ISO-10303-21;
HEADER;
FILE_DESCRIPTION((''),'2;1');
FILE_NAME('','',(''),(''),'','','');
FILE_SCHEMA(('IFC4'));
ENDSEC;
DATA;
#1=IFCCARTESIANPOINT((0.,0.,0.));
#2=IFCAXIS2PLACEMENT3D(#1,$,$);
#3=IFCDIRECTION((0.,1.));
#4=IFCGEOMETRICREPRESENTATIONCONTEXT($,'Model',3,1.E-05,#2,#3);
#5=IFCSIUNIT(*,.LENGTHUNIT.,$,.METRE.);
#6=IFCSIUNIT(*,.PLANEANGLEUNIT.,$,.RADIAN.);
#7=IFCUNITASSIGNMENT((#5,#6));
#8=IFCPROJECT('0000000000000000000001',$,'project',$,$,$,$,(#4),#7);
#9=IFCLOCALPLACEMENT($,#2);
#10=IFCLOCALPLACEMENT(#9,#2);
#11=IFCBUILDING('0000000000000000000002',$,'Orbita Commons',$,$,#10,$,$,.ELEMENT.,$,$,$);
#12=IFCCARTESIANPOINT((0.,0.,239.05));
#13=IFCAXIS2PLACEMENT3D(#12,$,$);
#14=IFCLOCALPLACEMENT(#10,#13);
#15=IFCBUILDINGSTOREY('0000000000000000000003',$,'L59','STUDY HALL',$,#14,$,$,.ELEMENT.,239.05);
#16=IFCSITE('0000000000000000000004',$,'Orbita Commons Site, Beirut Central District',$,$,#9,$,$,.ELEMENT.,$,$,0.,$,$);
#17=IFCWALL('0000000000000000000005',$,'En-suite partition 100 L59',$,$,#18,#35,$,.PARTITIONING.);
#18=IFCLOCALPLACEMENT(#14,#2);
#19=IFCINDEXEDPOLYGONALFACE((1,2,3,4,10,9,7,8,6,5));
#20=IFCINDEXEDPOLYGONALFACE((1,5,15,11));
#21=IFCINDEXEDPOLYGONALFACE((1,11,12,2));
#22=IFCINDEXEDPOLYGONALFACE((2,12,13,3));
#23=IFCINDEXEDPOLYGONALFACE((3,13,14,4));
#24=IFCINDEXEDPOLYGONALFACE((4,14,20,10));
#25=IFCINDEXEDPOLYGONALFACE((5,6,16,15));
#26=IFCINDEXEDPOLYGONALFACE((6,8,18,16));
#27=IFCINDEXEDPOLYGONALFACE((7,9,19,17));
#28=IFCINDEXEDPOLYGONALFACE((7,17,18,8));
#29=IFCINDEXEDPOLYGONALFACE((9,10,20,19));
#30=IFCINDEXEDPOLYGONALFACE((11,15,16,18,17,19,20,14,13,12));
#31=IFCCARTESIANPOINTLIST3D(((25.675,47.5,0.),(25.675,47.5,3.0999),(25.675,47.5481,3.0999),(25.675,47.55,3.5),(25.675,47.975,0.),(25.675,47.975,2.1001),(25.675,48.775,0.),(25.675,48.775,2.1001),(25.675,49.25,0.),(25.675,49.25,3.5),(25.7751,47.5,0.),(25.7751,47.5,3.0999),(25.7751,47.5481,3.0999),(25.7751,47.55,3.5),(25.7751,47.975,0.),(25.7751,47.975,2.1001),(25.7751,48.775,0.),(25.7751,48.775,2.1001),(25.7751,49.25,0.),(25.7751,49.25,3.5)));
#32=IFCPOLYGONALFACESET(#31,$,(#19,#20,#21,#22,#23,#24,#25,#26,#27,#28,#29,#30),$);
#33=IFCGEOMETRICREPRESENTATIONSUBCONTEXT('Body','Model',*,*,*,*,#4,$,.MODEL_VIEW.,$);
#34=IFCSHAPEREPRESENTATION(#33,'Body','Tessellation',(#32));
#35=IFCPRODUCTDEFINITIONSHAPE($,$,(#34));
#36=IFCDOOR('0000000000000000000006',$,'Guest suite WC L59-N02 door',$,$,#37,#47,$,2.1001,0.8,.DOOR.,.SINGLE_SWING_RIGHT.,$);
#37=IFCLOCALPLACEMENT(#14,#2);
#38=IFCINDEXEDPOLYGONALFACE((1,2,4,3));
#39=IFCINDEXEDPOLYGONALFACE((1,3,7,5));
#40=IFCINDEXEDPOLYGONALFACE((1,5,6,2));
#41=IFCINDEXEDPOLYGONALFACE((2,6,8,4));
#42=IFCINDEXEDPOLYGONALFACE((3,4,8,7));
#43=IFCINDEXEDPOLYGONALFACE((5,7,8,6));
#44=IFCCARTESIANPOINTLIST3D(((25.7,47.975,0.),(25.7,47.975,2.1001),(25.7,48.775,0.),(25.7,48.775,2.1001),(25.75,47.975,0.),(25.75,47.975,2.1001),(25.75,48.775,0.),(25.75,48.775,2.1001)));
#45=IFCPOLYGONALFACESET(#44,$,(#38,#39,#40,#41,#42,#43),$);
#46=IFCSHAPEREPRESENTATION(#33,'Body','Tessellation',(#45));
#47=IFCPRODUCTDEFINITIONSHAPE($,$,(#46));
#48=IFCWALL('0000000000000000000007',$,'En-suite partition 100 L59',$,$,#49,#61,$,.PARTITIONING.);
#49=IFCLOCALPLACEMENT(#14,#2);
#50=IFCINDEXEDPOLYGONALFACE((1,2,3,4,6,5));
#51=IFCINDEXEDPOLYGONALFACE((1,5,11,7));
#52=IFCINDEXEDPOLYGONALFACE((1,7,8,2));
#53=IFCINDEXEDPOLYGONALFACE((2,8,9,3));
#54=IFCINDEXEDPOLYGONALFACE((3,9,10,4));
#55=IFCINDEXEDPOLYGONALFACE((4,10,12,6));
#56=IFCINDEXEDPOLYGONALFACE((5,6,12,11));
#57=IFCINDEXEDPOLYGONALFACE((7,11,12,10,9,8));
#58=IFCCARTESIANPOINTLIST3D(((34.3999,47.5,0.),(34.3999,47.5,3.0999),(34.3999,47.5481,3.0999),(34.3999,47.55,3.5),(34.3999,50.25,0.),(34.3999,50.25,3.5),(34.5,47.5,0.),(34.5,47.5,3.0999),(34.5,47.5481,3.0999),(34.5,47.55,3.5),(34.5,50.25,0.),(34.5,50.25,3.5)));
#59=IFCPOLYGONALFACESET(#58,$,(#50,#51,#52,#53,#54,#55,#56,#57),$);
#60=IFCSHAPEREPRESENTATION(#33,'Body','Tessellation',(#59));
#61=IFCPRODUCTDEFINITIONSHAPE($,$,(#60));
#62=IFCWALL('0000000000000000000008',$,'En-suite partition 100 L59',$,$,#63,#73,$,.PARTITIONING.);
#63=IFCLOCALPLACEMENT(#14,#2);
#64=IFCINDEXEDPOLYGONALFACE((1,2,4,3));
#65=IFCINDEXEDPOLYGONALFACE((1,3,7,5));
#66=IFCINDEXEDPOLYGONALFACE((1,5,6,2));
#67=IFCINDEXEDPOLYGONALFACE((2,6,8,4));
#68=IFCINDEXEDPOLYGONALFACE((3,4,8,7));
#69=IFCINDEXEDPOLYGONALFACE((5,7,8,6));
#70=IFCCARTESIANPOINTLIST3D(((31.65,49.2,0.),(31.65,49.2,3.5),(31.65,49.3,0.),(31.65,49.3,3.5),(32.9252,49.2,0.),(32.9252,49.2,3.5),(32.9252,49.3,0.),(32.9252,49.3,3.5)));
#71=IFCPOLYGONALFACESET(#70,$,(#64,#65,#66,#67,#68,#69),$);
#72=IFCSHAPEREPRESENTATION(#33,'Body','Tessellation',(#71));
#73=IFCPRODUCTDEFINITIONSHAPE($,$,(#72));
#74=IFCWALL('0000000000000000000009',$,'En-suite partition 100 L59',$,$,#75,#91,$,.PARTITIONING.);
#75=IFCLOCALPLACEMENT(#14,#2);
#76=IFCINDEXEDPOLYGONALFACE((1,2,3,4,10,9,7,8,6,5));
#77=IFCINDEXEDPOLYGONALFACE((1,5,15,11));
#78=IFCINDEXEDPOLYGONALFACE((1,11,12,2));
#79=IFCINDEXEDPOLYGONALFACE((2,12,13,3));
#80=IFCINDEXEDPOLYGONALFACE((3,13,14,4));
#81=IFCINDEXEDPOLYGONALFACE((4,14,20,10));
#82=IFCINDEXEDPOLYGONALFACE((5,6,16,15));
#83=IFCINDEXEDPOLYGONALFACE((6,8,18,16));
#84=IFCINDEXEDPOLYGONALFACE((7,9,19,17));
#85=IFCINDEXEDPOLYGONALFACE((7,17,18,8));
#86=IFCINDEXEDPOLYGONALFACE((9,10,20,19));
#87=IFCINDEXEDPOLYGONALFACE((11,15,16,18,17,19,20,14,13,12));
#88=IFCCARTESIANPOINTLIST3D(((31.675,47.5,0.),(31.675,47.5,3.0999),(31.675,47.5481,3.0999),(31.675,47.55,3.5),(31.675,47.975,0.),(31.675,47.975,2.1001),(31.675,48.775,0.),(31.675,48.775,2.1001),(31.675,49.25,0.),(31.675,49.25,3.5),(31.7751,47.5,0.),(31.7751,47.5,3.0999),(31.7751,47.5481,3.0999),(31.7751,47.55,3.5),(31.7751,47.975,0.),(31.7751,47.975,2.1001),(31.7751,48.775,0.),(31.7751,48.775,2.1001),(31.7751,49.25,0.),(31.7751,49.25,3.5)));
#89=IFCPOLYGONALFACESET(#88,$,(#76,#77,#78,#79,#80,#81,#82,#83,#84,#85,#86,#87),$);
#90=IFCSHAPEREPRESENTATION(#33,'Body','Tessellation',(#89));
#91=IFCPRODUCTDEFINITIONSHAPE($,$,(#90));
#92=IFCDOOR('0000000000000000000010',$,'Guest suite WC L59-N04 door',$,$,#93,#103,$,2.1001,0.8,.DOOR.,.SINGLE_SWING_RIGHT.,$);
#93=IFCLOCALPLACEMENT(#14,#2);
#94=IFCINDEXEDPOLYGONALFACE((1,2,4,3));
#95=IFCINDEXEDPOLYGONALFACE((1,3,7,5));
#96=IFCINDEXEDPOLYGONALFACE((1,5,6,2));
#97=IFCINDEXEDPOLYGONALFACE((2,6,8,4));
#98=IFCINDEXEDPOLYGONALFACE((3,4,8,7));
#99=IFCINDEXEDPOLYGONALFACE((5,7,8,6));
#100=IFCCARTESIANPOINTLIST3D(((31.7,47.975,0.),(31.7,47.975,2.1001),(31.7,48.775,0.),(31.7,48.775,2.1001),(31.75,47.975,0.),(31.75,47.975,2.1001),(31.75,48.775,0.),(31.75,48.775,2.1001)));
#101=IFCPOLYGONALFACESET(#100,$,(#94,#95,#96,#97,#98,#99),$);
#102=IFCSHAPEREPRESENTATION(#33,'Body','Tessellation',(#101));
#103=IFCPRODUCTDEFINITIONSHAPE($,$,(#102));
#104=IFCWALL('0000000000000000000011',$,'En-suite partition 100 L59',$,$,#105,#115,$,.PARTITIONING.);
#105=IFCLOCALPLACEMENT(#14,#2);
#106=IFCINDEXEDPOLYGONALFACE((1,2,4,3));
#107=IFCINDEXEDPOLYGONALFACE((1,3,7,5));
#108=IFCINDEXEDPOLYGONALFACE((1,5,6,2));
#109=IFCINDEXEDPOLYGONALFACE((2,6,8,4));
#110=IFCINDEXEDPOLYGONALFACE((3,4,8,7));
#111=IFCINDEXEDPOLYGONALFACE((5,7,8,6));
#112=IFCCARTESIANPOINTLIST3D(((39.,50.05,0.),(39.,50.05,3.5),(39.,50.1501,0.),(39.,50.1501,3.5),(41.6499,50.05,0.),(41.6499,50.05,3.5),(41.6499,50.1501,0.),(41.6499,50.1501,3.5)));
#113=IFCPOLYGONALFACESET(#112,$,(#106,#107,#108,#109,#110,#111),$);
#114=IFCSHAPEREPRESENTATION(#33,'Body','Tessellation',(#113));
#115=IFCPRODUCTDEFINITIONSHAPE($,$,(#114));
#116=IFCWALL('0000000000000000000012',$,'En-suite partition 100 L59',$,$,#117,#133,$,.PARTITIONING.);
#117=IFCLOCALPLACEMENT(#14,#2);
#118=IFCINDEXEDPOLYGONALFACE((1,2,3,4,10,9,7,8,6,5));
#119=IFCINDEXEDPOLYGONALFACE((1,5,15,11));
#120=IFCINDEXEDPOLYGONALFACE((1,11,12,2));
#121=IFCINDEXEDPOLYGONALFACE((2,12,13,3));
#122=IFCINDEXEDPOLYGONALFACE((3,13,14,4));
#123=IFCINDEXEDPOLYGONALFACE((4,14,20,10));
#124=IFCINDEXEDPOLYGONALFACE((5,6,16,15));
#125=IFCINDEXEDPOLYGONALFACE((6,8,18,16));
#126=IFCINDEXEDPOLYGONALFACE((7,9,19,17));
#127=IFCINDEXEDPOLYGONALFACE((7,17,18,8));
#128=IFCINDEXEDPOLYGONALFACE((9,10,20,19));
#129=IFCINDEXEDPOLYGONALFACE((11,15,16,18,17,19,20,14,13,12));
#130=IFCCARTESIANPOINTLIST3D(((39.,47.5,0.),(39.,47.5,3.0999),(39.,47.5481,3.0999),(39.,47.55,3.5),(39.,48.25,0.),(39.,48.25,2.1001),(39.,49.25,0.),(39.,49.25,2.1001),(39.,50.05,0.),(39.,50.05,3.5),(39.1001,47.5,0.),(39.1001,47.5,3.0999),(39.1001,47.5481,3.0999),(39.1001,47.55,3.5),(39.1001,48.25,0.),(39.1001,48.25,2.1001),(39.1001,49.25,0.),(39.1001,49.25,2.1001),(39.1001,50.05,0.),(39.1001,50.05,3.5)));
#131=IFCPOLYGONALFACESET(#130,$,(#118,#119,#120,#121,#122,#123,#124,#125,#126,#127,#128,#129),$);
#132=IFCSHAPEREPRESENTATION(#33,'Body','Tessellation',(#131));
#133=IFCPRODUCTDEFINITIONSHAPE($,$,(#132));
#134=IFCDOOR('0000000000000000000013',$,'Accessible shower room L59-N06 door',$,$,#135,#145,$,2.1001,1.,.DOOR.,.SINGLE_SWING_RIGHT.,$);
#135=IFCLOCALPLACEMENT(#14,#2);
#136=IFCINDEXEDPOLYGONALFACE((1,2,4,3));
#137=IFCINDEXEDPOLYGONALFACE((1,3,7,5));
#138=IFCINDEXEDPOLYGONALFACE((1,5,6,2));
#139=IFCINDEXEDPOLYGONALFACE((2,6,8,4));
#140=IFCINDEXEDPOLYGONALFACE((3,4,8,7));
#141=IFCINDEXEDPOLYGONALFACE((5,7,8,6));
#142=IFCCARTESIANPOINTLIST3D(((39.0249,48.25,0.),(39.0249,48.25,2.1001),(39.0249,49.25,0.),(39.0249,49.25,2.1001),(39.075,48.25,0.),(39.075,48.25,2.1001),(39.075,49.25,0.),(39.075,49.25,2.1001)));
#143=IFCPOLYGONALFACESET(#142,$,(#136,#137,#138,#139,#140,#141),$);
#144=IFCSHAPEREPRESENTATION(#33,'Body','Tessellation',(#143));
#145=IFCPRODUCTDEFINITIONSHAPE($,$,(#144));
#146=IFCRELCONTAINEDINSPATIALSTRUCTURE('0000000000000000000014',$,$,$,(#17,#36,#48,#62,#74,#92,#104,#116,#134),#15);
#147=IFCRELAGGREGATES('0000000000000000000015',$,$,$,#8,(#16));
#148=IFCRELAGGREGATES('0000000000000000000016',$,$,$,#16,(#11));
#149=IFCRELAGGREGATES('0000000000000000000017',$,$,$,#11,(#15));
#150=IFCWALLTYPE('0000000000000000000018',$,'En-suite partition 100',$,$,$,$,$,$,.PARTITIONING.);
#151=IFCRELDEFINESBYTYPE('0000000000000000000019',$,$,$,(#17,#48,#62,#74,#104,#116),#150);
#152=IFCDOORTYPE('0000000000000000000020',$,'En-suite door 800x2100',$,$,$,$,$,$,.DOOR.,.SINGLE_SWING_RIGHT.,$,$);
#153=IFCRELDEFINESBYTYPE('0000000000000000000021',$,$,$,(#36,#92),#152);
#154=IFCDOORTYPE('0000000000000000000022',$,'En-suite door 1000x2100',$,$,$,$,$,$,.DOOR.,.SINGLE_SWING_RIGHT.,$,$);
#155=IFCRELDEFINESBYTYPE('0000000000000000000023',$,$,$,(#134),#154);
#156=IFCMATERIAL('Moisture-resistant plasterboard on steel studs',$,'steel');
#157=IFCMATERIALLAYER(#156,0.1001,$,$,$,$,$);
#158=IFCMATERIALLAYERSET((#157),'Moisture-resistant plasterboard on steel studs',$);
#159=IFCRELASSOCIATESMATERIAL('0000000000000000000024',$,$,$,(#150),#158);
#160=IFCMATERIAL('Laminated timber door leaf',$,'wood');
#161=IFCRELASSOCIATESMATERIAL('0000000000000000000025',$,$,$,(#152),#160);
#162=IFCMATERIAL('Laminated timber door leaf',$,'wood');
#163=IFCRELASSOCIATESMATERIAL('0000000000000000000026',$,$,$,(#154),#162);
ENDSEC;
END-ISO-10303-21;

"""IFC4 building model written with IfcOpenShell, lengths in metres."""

from ifc_helpers import new_model, si_unit, direction, frame, frame_2d, origin, place, context, subcontext, project, spatial, polyline, rectangle, outline, extrude, material, layer, layer_set, type_object, element, fill, save


model = new_model("IFC4")

# Units and contexts
model_context = context("Model", 3, precision=1e-05, world=origin(), true_north=direction((0.0, 1.0)))
body_context = subcontext(model_context, "Body", "Model", "MODEL_VIEW")
ifc_project = project(units=[si_unit("LENGTHUNIT", "METRE"), si_unit("PLANEANGLEUNIT", "RADIAN")], contexts=[model_context])

# Site, building, storey
site_placement = place(None, origin())
site = spatial("IfcSite", under=ifc_project, at=site_placement, Name="Orbita Commons Site, Beirut Central District", CompositionType="ELEMENT", RefElevation=0.0)
building_placement = place(site_placement, origin())
building = spatial("IfcBuilding", under=site, at=building_placement, Name="Orbita Commons", CompositionType="ELEMENT")
storey_placement = place(building_placement, frame((0.0, 0.0, 239.05)))
storey = spatial("IfcBuildingStorey", under=building, at=storey_placement, Name="L59", Description="STUDY HALL", CompositionType="ELEMENT", Elevation=239.05)

# Shared definitions
ifc_material_1 = material(Name="Moisture-resistant plasterboard on steel studs", Category="steel")
ifc_layer_1 = layer(ifc_material_1, 0.1001)
ifc_layer_set_1 = layer_set([ifc_layer_1], Name="Moisture-resistant plasterboard on steel studs")
wall_type_1 = type_object("IfcWallType", Name="En-suite partition 100", PredefinedType="PARTITIONING", material=ifc_layer_set_1)

# Wall, opening, door
wall_1_placement = place(storey_placement, frame((25.7251, 49.25, 0.0), z_axis=(0.0, 0.0, 1.0), x_axis=(0.0, -1.0, 0.0)))
wall_1 = element("IfcWall", 1, at=wall_1_placement, inside=storey, type_object=wall_type_1, Name="En-suite partition 100 L59", PredefinedType="PARTITIONING", context=body_context, shape_type="SweptSolid", body=[
    extrude(outline(polyline([(0.0, 0.0), (1.75, 0.0), (1.75, 3.0999), (1.7019, 3.0999), (1.7, 3.5), (0.0, 3.5), (0.0, 0.0)])), frame((0.0, 0.05, 0.0), z_axis=(0.0, -1.0, 0.0), x_axis=(1.0, 0.0, 0.0)), (0.0, 0.0, 1.0), 0.1001),
])
opening_1_placement = place(wall_1_placement, frame((0.4751, 0.0, 0.0)))
opening_1 = element("IfcOpeningElement", 2, at=opening_1_placement, cuts=wall_1, PredefinedType="OPENING", context=body_context, shape_type="SweptSolid", body=[
    extrude(rectangle(XDim=0.8, YDim=2.1001, at=frame_2d((0.3999, 1.05))), frame((0.0, 0.0601, 0.0), z_axis=(0.0, -1.0, 0.0), x_axis=(1.0, 0.0, 0.0)), (0.0, 0.0, 1.0), 0.1201),
])
ifc_material_2 = material(Name="Laminated timber door leaf", Category="wood")
door_type_1 = type_object("IfcDoorType", Name="En-suite door 800x2100", OperationType="SINGLE_SWING_RIGHT", PredefinedType="DOOR", material=ifc_material_2)
door_1_placement = place(opening_1_placement, origin())
door_1 = element("IfcDoor", 3, at=door_1_placement, inside=storey, type_object=door_type_1, Name="Guest suite WC L59-N02 door", OperationType="SINGLE_SWING_RIGHT", OverallHeight=2.1001, OverallWidth=0.8, PredefinedType="DOOR", context=body_context, shape_type="SweptSolid", body=[
    extrude(rectangle(XDim=0.8, YDim=2.1001, at=frame_2d((0.3999, 1.05))), frame((0.0, 0.0249, 0.0), z_axis=(0.0, -1.0, 0.0), x_axis=(1.0, 0.0, 0.0)), (0.0, 0.0, 1.0), 0.05),
])
fill(opening_1, door_1)

# Walls
wall_2_placement = place(storey_placement, frame((34.45, 50.25, 0.0), z_axis=(0.0, 0.0, 1.0), x_axis=(0.0, -1.0, 0.0)))
element("IfcWall", 4, at=wall_2_placement, inside=storey, type_object=wall_type_1, Name="En-suite partition 100 L59", PredefinedType="PARTITIONING", context=body_context, shape_type="SweptSolid", body=[
    extrude(outline(polyline([(0.0, 0.0), (2.75, 0.0), (2.75, 3.0999), (2.7019, 3.0999), (2.7, 3.5), (0.0, 3.5), (0.0, 0.0)])), frame((0.0, 0.05, 0.0), z_axis=(0.0, -1.0, 0.0), x_axis=(1.0, 0.0, 0.0)), (0.0, 0.0, 1.0), 0.1001),
])
wall_3_placement = place(storey_placement, frame((31.6499, 49.25, 0.0), z_axis=(0.0, 0.0, 1.0), x_axis=(1.0, 0.0, 0.0)))
element("IfcWall", 5, at=wall_3_placement, inside=storey, type_object=wall_type_1, Name="En-suite partition 100 L59", PredefinedType="PARTITIONING", context=body_context, shape_type="SweptSolid", body=[
    extrude(rectangle(XDim=1.2751, YDim=0.1001, at=frame_2d((0.6377, 0.0))), origin(), (0.0, 0.0, 1.0), 3.5),
])

# Wall, opening, door
wall_4_placement = place(storey_placement, frame((31.7251, 49.25, 0.0), z_axis=(0.0, 0.0, 1.0), x_axis=(0.0, -1.0, 0.0)))
wall_4 = element("IfcWall", 6, at=wall_4_placement, inside=storey, type_object=wall_type_1, Name="En-suite partition 100 L59", PredefinedType="PARTITIONING", context=body_context, shape_type="SweptSolid", body=[
    extrude(outline(polyline([(0.0, 0.0), (1.75, 0.0), (1.75, 3.0999), (1.7019, 3.0999), (1.7, 3.5), (0.0, 3.5), (0.0, 0.0)])), frame((0.0, 0.05, 0.0), z_axis=(0.0, -1.0, 0.0), x_axis=(1.0, 0.0, 0.0)), (0.0, 0.0, 1.0), 0.1001),
])
opening_2_placement = place(wall_4_placement, frame((0.4751, 0.0, 0.0)))
opening_2 = element("IfcOpeningElement", 7, at=opening_2_placement, cuts=wall_4, PredefinedType="OPENING", context=body_context, shape_type="SweptSolid", body=[
    extrude(rectangle(XDim=0.8, YDim=2.1001, at=frame_2d((0.3999, 1.05))), frame((0.0, 0.0601, 0.0), z_axis=(0.0, -1.0, 0.0), x_axis=(1.0, 0.0, 0.0)), (0.0, 0.0, 1.0), 0.1201),
])
door_2_placement = place(opening_2_placement, origin())
door_2 = element("IfcDoor", 8, at=door_2_placement, inside=storey, type_object=door_type_1, Name="Guest suite WC L59-N04 door", OperationType="SINGLE_SWING_RIGHT", OverallHeight=2.1001, OverallWidth=0.8, PredefinedType="DOOR", context=body_context, shape_type="SweptSolid", body=[
    extrude(rectangle(XDim=0.8, YDim=2.1001, at=frame_2d((0.3999, 1.05))), frame((0.0, 0.0249, 0.0), z_axis=(0.0, -1.0, 0.0), x_axis=(1.0, 0.0, 0.0)), (0.0, 0.0, 1.0), 0.05),
])
fill(opening_2, door_2)

# Wall
wall_5_placement = place(storey_placement, frame((39.0, 50.1001, 0.0), z_axis=(0.0, 0.0, 1.0), x_axis=(1.0, 0.0, 0.0)))
element("IfcWall", 9, at=wall_5_placement, inside=storey, type_object=wall_type_1, Name="En-suite partition 100 L59", PredefinedType="PARTITIONING", context=body_context, shape_type="SweptSolid", body=[
    extrude(rectangle(XDim=2.6499, YDim=0.1001, at=frame_2d((1.325, 0.0))), origin(), (0.0, 0.0, 1.0), 3.5),
])

# Wall, opening, door
wall_6_placement = place(storey_placement, frame((39.05, 50.05, 0.0), z_axis=(0.0, 0.0, 1.0), x_axis=(0.0, -1.0, 0.0)))
wall_6 = element("IfcWall", 10, at=wall_6_placement, inside=storey, type_object=wall_type_1, Name="En-suite partition 100 L59", PredefinedType="PARTITIONING", context=body_context, shape_type="SweptSolid", body=[
    extrude(outline(polyline([(0.0, 0.0), (2.55, 0.0), (2.55, 3.0999), (2.502, 3.0999), (2.5, 3.5), (0.0, 3.5), (0.0, 0.0)])), frame((0.0, 0.05, 0.0), z_axis=(0.0, -1.0, 0.0), x_axis=(1.0, 0.0, 0.0)), (0.0, 0.0, 1.0), 0.1001),
])
opening_3_placement = place(wall_6_placement, frame((0.8, 0.0, 0.0)))
opening_3 = element("IfcOpeningElement", 11, at=opening_3_placement, cuts=wall_6, PredefinedType="OPENING", context=body_context, shape_type="SweptSolid", body=[
    extrude(rectangle(XDim=1.0, YDim=2.1001, at=frame_2d((0.5, 1.05))), frame((0.0, 0.0601, 0.0), z_axis=(0.0, -1.0, 0.0), x_axis=(1.0, 0.0, 0.0)), (0.0, 0.0, 1.0), 0.1201),
])
ifc_material_3 = material(Name="Laminated timber door leaf", Category="wood")
door_type_2 = type_object("IfcDoorType", Name="En-suite door 1000x2100", OperationType="SINGLE_SWING_RIGHT", PredefinedType="DOOR", material=ifc_material_3)
door_3_placement = place(opening_3_placement, origin())
door_3 = element("IfcDoor", 12, at=door_3_placement, inside=storey, type_object=door_type_2, Name="Accessible shower room L59-N06 door", OperationType="SINGLE_SWING_RIGHT", OverallHeight=2.1001, OverallWidth=1.0, PredefinedType="DOOR", context=body_context, shape_type="SweptSolid", body=[
    extrude(rectangle(XDim=1.0, YDim=2.1001, at=frame_2d((0.5, 1.05))), frame((0.0, 0.0249, 0.0), z_axis=(0.0, -1.0, 0.0), x_axis=(1.0, 0.0, 0.0)), (0.0, 0.0, 1.0), 0.05),
])
fill(opening_3, door_3)

save(model, "model.ifc")
